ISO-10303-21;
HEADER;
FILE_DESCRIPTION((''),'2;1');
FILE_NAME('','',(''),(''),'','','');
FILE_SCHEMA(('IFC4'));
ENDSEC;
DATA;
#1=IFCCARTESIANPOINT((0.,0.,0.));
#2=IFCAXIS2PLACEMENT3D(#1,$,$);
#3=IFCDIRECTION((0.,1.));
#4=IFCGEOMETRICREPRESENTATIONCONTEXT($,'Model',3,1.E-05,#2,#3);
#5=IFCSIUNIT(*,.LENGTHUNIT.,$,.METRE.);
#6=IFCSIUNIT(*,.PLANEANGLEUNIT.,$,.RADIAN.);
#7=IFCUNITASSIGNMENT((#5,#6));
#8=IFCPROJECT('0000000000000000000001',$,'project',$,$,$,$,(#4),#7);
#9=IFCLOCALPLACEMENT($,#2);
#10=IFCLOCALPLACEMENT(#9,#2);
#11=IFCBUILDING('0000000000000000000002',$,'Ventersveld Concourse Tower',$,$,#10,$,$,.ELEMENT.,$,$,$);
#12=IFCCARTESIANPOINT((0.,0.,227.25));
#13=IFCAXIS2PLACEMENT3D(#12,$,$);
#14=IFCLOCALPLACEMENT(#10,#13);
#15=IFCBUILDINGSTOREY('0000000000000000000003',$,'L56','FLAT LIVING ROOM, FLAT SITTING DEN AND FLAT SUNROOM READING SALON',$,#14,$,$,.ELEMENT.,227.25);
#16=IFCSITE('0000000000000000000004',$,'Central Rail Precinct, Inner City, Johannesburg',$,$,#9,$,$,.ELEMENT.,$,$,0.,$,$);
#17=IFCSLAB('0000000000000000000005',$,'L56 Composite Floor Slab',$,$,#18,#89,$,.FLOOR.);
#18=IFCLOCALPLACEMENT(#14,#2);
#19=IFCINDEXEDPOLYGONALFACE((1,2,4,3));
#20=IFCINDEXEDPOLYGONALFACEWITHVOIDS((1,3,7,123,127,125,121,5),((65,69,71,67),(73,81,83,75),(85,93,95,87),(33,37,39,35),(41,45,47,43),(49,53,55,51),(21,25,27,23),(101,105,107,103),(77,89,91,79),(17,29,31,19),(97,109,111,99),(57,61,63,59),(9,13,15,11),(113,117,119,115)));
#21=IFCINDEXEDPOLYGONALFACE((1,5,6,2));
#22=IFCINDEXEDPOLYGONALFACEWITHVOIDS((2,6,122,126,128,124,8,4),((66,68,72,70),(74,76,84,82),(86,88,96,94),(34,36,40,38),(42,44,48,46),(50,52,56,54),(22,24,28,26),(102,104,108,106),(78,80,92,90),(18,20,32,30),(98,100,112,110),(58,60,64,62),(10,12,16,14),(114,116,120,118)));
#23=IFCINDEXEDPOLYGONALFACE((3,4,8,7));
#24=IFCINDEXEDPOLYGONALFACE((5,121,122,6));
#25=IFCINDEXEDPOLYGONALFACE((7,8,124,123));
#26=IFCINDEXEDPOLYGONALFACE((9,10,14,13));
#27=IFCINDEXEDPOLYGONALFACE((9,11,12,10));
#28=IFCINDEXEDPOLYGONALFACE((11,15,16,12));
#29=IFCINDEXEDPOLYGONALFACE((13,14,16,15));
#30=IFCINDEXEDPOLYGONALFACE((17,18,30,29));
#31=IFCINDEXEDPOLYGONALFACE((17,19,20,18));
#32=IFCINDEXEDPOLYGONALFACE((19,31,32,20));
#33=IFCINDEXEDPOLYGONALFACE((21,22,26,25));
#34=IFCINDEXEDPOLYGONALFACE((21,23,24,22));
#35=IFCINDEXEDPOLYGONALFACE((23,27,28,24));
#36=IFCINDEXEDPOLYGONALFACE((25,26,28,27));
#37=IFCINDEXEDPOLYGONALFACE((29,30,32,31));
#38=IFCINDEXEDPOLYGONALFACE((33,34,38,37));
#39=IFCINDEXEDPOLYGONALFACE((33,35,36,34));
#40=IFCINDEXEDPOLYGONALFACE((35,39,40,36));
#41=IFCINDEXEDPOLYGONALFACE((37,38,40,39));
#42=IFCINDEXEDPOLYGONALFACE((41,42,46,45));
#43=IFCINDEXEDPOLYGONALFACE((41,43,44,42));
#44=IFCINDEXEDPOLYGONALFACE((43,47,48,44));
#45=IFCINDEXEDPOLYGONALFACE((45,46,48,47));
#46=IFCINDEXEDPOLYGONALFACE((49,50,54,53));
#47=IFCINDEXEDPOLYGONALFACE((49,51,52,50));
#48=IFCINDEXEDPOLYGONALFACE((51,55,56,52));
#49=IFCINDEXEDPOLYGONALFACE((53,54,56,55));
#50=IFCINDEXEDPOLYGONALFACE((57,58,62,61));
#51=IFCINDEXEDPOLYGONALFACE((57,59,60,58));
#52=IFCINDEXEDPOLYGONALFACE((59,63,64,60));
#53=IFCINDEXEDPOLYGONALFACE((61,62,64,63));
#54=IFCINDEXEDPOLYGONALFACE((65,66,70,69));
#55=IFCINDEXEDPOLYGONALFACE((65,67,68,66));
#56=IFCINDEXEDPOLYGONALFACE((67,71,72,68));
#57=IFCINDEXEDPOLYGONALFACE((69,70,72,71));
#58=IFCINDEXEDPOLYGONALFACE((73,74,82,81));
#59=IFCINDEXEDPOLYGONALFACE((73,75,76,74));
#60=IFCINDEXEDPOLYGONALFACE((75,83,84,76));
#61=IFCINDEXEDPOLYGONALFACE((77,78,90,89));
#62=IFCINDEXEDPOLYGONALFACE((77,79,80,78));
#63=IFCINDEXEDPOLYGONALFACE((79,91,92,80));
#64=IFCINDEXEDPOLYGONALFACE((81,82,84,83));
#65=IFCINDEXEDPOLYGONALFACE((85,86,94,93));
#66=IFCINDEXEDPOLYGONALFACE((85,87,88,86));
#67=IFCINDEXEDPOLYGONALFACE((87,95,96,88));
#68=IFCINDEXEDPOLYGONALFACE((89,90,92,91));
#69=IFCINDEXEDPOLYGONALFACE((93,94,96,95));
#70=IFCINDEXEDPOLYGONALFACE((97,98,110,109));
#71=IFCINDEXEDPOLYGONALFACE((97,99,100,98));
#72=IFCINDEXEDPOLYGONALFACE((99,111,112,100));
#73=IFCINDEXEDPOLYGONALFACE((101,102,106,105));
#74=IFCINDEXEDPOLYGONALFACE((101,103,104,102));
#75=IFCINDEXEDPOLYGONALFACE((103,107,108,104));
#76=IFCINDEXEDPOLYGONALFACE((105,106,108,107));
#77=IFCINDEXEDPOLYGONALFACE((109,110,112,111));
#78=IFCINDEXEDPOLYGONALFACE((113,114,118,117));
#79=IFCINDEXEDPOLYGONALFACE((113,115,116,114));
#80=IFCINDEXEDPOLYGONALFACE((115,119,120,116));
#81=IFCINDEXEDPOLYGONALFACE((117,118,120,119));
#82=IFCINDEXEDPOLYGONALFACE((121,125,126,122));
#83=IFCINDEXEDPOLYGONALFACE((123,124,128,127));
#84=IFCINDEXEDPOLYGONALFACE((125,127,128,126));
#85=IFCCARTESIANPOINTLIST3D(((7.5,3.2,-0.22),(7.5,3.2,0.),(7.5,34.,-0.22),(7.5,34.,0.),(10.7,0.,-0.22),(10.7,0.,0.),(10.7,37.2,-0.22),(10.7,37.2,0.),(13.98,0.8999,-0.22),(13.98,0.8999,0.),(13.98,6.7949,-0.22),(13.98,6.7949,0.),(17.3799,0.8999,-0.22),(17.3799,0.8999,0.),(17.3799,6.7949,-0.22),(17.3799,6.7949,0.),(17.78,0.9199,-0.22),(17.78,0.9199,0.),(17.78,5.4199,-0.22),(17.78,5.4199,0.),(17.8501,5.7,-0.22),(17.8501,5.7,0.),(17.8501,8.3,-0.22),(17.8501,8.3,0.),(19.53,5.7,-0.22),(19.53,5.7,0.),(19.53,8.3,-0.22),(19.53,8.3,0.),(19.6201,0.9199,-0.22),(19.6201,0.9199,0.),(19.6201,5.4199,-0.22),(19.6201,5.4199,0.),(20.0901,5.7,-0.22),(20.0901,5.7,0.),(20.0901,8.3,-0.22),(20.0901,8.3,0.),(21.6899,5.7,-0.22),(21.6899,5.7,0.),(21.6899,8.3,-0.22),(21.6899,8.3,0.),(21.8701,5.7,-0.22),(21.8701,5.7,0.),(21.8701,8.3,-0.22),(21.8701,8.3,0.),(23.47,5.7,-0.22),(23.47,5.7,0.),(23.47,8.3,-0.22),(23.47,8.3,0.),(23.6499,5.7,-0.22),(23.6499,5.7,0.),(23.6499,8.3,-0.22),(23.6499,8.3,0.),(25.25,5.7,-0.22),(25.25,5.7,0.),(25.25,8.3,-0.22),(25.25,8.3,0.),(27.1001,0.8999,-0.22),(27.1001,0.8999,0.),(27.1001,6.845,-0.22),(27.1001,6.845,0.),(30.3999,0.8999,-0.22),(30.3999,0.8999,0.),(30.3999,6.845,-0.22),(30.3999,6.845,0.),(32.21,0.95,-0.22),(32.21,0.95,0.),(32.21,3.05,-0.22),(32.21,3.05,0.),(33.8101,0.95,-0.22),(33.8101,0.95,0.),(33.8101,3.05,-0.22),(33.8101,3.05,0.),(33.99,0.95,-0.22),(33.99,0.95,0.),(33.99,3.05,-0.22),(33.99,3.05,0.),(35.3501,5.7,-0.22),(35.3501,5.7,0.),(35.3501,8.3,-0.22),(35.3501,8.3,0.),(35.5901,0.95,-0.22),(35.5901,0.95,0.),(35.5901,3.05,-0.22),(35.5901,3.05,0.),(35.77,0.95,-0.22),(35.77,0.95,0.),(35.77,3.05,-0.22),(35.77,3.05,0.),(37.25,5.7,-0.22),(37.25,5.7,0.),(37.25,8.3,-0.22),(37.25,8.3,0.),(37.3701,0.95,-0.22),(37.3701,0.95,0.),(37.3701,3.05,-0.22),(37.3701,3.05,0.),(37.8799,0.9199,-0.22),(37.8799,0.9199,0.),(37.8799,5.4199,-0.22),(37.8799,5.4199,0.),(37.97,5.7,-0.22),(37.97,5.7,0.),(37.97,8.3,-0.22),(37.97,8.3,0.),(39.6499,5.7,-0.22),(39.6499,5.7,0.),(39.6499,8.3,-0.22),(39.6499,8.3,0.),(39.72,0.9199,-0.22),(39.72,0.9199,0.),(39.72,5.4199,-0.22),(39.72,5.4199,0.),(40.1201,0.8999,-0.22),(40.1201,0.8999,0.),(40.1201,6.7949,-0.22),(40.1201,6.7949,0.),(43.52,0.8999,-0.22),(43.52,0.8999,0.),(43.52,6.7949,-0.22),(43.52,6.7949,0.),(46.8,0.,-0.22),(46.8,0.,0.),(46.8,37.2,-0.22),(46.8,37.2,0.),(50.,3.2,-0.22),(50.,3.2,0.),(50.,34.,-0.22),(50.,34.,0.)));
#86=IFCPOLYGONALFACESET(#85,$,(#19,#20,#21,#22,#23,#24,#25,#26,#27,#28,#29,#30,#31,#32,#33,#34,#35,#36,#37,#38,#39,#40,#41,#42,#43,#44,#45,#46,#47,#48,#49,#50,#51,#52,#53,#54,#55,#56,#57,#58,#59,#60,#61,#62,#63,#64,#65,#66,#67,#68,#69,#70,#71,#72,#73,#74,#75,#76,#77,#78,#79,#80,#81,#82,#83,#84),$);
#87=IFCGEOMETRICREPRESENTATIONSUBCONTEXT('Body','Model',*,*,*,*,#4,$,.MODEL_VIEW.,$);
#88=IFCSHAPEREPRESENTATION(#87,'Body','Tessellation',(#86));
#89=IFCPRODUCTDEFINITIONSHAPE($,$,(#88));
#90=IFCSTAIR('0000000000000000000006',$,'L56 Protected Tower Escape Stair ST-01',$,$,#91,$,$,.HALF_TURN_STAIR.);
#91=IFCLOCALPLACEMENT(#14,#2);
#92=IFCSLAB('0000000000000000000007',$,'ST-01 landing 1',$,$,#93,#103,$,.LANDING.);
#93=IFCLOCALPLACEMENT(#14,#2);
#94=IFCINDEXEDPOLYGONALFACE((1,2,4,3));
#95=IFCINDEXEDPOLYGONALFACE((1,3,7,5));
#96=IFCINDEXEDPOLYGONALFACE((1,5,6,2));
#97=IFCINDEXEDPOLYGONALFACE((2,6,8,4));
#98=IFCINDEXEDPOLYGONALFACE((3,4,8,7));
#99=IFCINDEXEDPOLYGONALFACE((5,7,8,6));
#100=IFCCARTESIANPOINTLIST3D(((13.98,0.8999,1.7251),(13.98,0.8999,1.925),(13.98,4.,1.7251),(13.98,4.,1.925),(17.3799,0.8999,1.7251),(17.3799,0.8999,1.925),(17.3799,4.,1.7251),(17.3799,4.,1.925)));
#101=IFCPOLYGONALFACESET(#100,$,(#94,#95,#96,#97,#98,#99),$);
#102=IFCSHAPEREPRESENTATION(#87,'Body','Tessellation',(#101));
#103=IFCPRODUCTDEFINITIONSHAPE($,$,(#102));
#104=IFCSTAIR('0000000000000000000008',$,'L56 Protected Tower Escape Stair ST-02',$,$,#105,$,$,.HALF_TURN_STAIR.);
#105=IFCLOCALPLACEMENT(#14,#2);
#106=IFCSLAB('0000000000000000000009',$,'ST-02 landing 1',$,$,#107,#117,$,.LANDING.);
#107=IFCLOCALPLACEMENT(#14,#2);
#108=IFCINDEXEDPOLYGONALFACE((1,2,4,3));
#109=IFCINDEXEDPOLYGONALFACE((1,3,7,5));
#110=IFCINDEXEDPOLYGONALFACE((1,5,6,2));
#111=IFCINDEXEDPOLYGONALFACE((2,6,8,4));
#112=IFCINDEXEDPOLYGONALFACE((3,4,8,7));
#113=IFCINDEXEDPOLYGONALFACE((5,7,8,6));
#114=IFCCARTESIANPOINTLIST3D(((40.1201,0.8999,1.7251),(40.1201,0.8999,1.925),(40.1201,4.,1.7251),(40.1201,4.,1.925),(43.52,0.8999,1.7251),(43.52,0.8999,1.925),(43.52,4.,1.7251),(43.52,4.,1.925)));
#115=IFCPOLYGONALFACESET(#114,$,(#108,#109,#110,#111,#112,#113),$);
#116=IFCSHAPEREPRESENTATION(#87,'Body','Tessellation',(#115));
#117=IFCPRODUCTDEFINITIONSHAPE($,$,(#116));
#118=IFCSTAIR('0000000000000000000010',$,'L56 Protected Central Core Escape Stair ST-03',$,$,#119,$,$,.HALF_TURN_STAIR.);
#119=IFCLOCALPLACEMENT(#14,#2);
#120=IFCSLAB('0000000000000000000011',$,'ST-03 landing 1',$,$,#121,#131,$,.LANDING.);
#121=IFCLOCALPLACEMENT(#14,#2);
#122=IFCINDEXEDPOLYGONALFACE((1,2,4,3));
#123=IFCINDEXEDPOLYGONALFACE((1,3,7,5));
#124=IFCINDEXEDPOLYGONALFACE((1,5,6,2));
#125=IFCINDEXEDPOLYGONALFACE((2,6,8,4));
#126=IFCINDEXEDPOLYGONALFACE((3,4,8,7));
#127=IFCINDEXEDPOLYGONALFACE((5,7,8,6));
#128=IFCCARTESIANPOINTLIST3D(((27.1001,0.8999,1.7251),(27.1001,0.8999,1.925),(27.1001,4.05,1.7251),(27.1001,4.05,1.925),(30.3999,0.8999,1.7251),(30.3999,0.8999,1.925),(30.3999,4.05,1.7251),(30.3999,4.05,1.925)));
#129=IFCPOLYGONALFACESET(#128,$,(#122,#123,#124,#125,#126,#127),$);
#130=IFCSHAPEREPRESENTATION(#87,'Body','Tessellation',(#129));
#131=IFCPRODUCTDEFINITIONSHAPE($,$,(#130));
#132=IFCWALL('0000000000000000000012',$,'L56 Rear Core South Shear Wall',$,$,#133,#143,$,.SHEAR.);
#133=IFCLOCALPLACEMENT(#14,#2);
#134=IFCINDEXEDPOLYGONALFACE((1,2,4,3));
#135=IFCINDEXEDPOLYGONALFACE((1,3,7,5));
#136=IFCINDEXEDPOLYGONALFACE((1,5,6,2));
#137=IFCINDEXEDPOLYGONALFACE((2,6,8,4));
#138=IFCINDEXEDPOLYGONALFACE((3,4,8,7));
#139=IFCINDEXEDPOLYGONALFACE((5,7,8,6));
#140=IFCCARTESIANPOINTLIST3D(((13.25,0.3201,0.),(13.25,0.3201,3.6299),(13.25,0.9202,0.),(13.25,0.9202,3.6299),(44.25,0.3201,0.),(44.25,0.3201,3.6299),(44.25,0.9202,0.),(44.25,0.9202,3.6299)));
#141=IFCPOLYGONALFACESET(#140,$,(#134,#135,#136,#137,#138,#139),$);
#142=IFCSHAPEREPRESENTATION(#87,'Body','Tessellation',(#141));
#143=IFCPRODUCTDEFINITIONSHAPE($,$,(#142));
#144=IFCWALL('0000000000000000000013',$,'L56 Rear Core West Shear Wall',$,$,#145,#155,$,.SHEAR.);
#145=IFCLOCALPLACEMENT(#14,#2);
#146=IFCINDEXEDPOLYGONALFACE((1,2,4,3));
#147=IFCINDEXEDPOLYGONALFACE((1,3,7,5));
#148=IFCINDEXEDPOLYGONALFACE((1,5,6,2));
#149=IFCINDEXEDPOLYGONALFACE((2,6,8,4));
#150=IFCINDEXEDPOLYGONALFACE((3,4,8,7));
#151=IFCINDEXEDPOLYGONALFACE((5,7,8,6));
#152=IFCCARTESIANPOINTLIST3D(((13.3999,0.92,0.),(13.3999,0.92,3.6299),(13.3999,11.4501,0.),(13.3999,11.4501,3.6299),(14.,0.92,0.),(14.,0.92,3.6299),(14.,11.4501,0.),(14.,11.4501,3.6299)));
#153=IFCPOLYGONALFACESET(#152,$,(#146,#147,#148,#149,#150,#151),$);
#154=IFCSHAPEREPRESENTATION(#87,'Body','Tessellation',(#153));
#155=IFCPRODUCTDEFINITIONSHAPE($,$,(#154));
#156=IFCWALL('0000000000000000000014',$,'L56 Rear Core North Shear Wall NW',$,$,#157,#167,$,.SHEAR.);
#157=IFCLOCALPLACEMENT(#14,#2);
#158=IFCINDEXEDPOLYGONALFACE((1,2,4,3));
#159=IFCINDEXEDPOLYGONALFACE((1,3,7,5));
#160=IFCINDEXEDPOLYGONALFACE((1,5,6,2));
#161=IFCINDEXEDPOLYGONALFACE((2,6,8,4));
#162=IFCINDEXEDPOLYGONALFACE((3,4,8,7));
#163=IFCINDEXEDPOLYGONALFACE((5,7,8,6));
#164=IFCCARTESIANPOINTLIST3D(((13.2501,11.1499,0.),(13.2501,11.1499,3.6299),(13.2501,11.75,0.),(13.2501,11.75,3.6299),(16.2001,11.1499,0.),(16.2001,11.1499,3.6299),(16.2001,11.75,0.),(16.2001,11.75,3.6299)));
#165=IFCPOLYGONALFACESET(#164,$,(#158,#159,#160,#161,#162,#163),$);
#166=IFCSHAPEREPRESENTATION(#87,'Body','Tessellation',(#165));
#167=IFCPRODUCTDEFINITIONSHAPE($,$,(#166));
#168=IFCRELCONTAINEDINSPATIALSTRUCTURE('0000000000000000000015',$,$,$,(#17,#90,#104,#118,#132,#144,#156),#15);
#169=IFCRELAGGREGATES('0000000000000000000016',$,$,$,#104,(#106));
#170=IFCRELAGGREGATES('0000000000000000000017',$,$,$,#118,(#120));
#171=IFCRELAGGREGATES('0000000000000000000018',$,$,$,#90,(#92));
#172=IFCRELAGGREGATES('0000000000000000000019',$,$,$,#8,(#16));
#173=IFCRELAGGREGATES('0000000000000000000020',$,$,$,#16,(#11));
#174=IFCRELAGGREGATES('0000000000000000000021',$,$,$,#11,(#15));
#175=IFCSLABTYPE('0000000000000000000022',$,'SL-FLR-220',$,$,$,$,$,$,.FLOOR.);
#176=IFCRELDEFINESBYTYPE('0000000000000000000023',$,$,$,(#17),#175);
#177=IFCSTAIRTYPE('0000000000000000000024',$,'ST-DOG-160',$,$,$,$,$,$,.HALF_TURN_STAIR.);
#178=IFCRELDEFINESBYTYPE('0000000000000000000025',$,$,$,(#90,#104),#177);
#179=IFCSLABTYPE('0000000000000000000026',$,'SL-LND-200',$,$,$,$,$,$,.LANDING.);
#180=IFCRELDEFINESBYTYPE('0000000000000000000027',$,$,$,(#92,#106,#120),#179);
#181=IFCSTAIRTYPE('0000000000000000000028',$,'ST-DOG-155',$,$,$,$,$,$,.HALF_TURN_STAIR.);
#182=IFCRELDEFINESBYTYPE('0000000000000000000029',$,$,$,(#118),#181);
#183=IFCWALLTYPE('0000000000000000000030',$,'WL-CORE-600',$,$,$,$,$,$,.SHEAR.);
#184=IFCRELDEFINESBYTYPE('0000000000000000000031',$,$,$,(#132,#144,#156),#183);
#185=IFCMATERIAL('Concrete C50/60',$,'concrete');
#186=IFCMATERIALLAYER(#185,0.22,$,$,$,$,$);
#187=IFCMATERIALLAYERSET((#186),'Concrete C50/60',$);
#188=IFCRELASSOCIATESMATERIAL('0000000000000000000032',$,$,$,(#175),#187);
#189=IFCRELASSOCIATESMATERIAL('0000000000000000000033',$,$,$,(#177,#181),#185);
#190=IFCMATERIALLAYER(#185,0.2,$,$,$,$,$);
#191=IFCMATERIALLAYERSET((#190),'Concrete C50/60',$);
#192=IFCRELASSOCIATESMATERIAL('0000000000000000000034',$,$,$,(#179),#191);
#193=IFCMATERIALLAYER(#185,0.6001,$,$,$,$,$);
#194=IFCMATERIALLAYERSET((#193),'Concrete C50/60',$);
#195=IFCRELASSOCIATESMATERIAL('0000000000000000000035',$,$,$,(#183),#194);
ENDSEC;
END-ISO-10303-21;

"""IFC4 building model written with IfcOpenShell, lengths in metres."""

from ifc_helpers import new_model, si_unit, direction, frame, frame_2d, origin, place, context, subcontext, project, spatial, polyline, rectangle, outline, extrude, material, layer, layer_set, type_object, element, aggregate, save


model = new_model("IFC4")

# Units and contexts
model_context = context("Model", 3, precision=1e-05, world=origin(), true_north=direction((0.0, 1.0)))
body_context = subcontext(model_context, "Body", "Model", "MODEL_VIEW")
ifc_project = project(units=[si_unit("LENGTHUNIT", "METRE"), si_unit("PLANEANGLEUNIT", "RADIAN")], contexts=[model_context])

# Site, building, storey
site_placement = place(None, origin())
site = spatial("IfcSite", under=ifc_project, at=site_placement, Name="Central Rail Precinct, Inner City, Johannesburg", CompositionType="ELEMENT", RefElevation=0.0)
building_placement = place(site_placement, origin())
building = spatial("IfcBuilding", under=site, at=building_placement, Name="Ventersveld Concourse Tower", CompositionType="ELEMENT")
storey_placement = place(building_placement, frame((0.0, 0.0, 227.25)))
storey = spatial("IfcBuildingStorey", under=building, at=storey_placement, Name="L56", Description="FLAT LIVING ROOM, FLAT SITTING DEN AND FLAT SUNROOM READING SALON", CompositionType="ELEMENT", Elevation=227.25)

# Shared definitions
ifc_material_1 = material(Name="Concrete C50/60", Category="concrete")

# Slab
ifc_layer_1 = layer(ifc_material_1, 0.22)
ifc_layer_set_1 = layer_set([ifc_layer_1], Name="Concrete C50/60")
slab_type_1 = type_object("IfcSlabType", Name="SL-FLR-220", PredefinedType="FLOOR", material=ifc_layer_set_1)
slab_1_placement = place(storey_placement, frame((0.0, 0.0, -0.22)))
element("IfcSlab", 1, at=slab_1_placement, inside=storey, type_object=slab_type_1, Name="L56 Composite Floor Slab", PredefinedType="FLOOR", context=body_context, shape_type="SweptSolid", body=[
    extrude(outline(polyline([(10.7, 0.0), (46.8, 0.0), (50.0, 3.2), (50.0, 34.0), (46.8, 37.2), (10.7, 37.2), (7.5, 34.0), (7.5, 3.2), (10.7, 0.0)]), holes=[polyline([(13.98, 6.7949), (13.98, 0.8999), (17.3799, 0.8999), (17.3799, 6.7949), (13.98, 6.7949)]), polyline([(40.1201, 6.7949), (40.1201, 0.8999), (43.52, 0.8999), (43.52, 6.7949), (40.1201, 6.7949)]), polyline([(27.1001, 6.845), (27.1001, 0.8999), (30.3999, 0.8999), (30.3999, 6.845), (27.1001, 6.845)]), polyline([(17.8501, 5.7), (19.53, 5.7), (19.53, 8.3), (17.8501, 8.3), (17.8501, 5.7)]), polyline([(37.97, 5.7), (39.6499, 5.7), (39.6499, 8.3), (37.97, 8.3), (37.97, 5.7)]), polyline([(35.3501, 5.7), (37.25, 5.7), (37.25, 8.3), (35.3501, 8.3), (35.3501, 5.7)]), polyline([(32.21, 0.95), (33.8101, 0.95), (33.8101, 3.05), (32.21, 3.05), (32.21, 0.95)]), polyline([(33.99, 0.95), (35.5901, 0.95), (35.5901, 3.05), (33.99, 3.05), (33.99, 0.95)]), polyline([(35.77, 0.95), (37.3701, 0.95), (37.3701, 3.05), (35.77, 3.05), (35.77, 0.95)]), polyline([(20.0901, 5.7), (21.6899, 5.7), (21.6899, 8.3), (20.0901, 8.3), (20.0901, 5.7)]), polyline([(21.8701, 5.7), (23.47, 5.7), (23.47, 8.3), (21.8701, 8.3), (21.8701, 5.7)]), polyline([(23.6499, 5.7), (25.25, 5.7), (25.25, 8.3), (23.6499, 8.3), (23.6499, 5.7)]), polyline([(17.78, 0.9199), (19.6201, 0.9199), (19.6201, 5.4199), (17.78, 5.4199), (17.78, 0.9199)]), polyline([(37.8799, 0.9199), (39.72, 0.9199), (39.72, 5.4199), (37.8799, 5.4199), (37.8799, 0.9199)])]), origin(), (0.0, 0.0, 1.0), 0.22),
])

# Stairs, slabs
stair_type_1 = type_object("IfcStairType", Name="ST-DOG-160", PredefinedType="HALF_TURN_STAIR", material=ifc_material_1)
stair_1_placement = place(storey_placement, origin())
stair_1 = element("IfcStair", 2, at=stair_1_placement, inside=storey, type_object=stair_type_1, Name="L56 Protected Tower Escape Stair ST-01", PredefinedType="HALF_TURN_STAIR")
ifc_layer_2 = layer(ifc_material_1, 0.2)
ifc_layer_set_2 = layer_set([ifc_layer_2], Name="Concrete C50/60")
slab_type_2 = type_object("IfcSlabType", Name="SL-LND-200", PredefinedType="LANDING", material=ifc_layer_set_2)
slab_2_placement = place(storey_placement, frame((0.0, 0.0, 1.7251)))
slab_2 = element("IfcSlab", 3, at=slab_2_placement, type_object=slab_type_2, Name="ST-01 landing 1", PredefinedType="LANDING", context=body_context, shape_type="SweptSolid", body=[
    extrude(outline(polyline([(13.98, 4.0), (13.98, 0.8999), (17.3799, 0.8999), (17.3799, 4.0), (13.98, 4.0)])), origin(), (0.0, 0.0, 1.0), 0.2),
])
stair_2_placement = place(storey_placement, origin())
stair_2 = element("IfcStair", 4, at=stair_2_placement, inside=storey, type_object=stair_type_1, Name="L56 Protected Tower Escape Stair ST-02", PredefinedType="HALF_TURN_STAIR")
slab_3_placement = place(storey_placement, frame((0.0, 0.0, 1.7251)))
slab_3 = element("IfcSlab", 5, at=slab_3_placement, type_object=slab_type_2, Name="ST-02 landing 1", PredefinedType="LANDING", context=body_context, shape_type="SweptSolid", body=[
    extrude(outline(polyline([(40.1201, 4.0), (40.1201, 0.8999), (43.52, 0.8999), (43.52, 4.0), (40.1201, 4.0)])), origin(), (0.0, 0.0, 1.0), 0.2),
])
aggregate(stair_2, [slab_3])
stair_type_2 = type_object("IfcStairType", Name="ST-DOG-155", PredefinedType="HALF_TURN_STAIR", material=ifc_material_1)
stair_3_placement = place(storey_placement, origin())
stair_3 = element("IfcStair", 6, at=stair_3_placement, inside=storey, type_object=stair_type_2, Name="L56 Protected Central Core Escape Stair ST-03", PredefinedType="HALF_TURN_STAIR")
slab_4_placement = place(storey_placement, frame((0.0, 0.0, 1.7251)))
slab_4 = element("IfcSlab", 7, at=slab_4_placement, type_object=slab_type_2, Name="ST-03 landing 1", PredefinedType="LANDING", context=body_context, shape_type="SweptSolid", body=[
    extrude(outline(polyline([(27.1001, 4.05), (27.1001, 0.8999), (30.3999, 0.8999), (30.3999, 4.05), (27.1001, 4.05)])), origin(), (0.0, 0.0, 1.0), 0.2),
])
aggregate(stair_3, [slab_4])

# Walls
ifc_layer_3 = layer(ifc_material_1, 0.6001)
ifc_layer_set_3 = layer_set([ifc_layer_3], Name="Concrete C50/60")
wall_type_1 = type_object("IfcWallType", Name="WL-CORE-600", PredefinedType="SHEAR", material=ifc_layer_set_3)
wall_1_placement = place(storey_placement, frame((13.25, 0.6201, 0.0), z_axis=(0.0, 0.0, 1.0), x_axis=(1.0, 0.0, 0.0)))
element("IfcWall", 8, at=wall_1_placement, inside=storey, type_object=wall_type_1, Name="L56 Rear Core South Shear Wall", PredefinedType="SHEAR", context=body_context, shape_type="SweptSolid", body=[
    extrude(rectangle(XDim=31.0, YDim=0.6001, at=frame_2d((15.5, 0.0))), origin(), (0.0, 0.0, 1.0), 3.6299),
])
wall_2_placement = place(storey_placement, frame((13.7, 0.9199, 0.0), z_axis=(0.0, 0.0, 1.0), x_axis=(0.0, 1.0, 0.0)))
element("IfcWall", 9, at=wall_2_placement, inside=storey, type_object=wall_type_1, Name="L56 Rear Core West Shear Wall", PredefinedType="SHEAR", context=body_context, shape_type="SweptSolid", body=[
    extrude(rectangle(XDim=10.53, YDim=0.6001, at=frame_2d((5.2651, 0.0))), origin(), (0.0, 0.0, 1.0), 3.6299),
])
wall_3_placement = place(storey_placement, frame((13.25, 11.45, 0.0), z_axis=(0.0, 0.0, 1.0), x_axis=(1.0, 0.0, 0.0)))
element("IfcWall", 10, at=wall_3_placement, inside=storey, type_object=wall_type_1, Name="L56 Rear Core North Shear Wall NW", PredefinedType="SHEAR", context=body_context, shape_type="SweptSolid", body=[
    extrude(rectangle(XDim=2.95, YDim=0.6001, at=frame_2d((1.4751, 0.0))), origin(), (0.0, 0.0, 1.0), 3.6299),
])

aggregate(stair_1, [slab_2])

save(model, "model.ifc")
